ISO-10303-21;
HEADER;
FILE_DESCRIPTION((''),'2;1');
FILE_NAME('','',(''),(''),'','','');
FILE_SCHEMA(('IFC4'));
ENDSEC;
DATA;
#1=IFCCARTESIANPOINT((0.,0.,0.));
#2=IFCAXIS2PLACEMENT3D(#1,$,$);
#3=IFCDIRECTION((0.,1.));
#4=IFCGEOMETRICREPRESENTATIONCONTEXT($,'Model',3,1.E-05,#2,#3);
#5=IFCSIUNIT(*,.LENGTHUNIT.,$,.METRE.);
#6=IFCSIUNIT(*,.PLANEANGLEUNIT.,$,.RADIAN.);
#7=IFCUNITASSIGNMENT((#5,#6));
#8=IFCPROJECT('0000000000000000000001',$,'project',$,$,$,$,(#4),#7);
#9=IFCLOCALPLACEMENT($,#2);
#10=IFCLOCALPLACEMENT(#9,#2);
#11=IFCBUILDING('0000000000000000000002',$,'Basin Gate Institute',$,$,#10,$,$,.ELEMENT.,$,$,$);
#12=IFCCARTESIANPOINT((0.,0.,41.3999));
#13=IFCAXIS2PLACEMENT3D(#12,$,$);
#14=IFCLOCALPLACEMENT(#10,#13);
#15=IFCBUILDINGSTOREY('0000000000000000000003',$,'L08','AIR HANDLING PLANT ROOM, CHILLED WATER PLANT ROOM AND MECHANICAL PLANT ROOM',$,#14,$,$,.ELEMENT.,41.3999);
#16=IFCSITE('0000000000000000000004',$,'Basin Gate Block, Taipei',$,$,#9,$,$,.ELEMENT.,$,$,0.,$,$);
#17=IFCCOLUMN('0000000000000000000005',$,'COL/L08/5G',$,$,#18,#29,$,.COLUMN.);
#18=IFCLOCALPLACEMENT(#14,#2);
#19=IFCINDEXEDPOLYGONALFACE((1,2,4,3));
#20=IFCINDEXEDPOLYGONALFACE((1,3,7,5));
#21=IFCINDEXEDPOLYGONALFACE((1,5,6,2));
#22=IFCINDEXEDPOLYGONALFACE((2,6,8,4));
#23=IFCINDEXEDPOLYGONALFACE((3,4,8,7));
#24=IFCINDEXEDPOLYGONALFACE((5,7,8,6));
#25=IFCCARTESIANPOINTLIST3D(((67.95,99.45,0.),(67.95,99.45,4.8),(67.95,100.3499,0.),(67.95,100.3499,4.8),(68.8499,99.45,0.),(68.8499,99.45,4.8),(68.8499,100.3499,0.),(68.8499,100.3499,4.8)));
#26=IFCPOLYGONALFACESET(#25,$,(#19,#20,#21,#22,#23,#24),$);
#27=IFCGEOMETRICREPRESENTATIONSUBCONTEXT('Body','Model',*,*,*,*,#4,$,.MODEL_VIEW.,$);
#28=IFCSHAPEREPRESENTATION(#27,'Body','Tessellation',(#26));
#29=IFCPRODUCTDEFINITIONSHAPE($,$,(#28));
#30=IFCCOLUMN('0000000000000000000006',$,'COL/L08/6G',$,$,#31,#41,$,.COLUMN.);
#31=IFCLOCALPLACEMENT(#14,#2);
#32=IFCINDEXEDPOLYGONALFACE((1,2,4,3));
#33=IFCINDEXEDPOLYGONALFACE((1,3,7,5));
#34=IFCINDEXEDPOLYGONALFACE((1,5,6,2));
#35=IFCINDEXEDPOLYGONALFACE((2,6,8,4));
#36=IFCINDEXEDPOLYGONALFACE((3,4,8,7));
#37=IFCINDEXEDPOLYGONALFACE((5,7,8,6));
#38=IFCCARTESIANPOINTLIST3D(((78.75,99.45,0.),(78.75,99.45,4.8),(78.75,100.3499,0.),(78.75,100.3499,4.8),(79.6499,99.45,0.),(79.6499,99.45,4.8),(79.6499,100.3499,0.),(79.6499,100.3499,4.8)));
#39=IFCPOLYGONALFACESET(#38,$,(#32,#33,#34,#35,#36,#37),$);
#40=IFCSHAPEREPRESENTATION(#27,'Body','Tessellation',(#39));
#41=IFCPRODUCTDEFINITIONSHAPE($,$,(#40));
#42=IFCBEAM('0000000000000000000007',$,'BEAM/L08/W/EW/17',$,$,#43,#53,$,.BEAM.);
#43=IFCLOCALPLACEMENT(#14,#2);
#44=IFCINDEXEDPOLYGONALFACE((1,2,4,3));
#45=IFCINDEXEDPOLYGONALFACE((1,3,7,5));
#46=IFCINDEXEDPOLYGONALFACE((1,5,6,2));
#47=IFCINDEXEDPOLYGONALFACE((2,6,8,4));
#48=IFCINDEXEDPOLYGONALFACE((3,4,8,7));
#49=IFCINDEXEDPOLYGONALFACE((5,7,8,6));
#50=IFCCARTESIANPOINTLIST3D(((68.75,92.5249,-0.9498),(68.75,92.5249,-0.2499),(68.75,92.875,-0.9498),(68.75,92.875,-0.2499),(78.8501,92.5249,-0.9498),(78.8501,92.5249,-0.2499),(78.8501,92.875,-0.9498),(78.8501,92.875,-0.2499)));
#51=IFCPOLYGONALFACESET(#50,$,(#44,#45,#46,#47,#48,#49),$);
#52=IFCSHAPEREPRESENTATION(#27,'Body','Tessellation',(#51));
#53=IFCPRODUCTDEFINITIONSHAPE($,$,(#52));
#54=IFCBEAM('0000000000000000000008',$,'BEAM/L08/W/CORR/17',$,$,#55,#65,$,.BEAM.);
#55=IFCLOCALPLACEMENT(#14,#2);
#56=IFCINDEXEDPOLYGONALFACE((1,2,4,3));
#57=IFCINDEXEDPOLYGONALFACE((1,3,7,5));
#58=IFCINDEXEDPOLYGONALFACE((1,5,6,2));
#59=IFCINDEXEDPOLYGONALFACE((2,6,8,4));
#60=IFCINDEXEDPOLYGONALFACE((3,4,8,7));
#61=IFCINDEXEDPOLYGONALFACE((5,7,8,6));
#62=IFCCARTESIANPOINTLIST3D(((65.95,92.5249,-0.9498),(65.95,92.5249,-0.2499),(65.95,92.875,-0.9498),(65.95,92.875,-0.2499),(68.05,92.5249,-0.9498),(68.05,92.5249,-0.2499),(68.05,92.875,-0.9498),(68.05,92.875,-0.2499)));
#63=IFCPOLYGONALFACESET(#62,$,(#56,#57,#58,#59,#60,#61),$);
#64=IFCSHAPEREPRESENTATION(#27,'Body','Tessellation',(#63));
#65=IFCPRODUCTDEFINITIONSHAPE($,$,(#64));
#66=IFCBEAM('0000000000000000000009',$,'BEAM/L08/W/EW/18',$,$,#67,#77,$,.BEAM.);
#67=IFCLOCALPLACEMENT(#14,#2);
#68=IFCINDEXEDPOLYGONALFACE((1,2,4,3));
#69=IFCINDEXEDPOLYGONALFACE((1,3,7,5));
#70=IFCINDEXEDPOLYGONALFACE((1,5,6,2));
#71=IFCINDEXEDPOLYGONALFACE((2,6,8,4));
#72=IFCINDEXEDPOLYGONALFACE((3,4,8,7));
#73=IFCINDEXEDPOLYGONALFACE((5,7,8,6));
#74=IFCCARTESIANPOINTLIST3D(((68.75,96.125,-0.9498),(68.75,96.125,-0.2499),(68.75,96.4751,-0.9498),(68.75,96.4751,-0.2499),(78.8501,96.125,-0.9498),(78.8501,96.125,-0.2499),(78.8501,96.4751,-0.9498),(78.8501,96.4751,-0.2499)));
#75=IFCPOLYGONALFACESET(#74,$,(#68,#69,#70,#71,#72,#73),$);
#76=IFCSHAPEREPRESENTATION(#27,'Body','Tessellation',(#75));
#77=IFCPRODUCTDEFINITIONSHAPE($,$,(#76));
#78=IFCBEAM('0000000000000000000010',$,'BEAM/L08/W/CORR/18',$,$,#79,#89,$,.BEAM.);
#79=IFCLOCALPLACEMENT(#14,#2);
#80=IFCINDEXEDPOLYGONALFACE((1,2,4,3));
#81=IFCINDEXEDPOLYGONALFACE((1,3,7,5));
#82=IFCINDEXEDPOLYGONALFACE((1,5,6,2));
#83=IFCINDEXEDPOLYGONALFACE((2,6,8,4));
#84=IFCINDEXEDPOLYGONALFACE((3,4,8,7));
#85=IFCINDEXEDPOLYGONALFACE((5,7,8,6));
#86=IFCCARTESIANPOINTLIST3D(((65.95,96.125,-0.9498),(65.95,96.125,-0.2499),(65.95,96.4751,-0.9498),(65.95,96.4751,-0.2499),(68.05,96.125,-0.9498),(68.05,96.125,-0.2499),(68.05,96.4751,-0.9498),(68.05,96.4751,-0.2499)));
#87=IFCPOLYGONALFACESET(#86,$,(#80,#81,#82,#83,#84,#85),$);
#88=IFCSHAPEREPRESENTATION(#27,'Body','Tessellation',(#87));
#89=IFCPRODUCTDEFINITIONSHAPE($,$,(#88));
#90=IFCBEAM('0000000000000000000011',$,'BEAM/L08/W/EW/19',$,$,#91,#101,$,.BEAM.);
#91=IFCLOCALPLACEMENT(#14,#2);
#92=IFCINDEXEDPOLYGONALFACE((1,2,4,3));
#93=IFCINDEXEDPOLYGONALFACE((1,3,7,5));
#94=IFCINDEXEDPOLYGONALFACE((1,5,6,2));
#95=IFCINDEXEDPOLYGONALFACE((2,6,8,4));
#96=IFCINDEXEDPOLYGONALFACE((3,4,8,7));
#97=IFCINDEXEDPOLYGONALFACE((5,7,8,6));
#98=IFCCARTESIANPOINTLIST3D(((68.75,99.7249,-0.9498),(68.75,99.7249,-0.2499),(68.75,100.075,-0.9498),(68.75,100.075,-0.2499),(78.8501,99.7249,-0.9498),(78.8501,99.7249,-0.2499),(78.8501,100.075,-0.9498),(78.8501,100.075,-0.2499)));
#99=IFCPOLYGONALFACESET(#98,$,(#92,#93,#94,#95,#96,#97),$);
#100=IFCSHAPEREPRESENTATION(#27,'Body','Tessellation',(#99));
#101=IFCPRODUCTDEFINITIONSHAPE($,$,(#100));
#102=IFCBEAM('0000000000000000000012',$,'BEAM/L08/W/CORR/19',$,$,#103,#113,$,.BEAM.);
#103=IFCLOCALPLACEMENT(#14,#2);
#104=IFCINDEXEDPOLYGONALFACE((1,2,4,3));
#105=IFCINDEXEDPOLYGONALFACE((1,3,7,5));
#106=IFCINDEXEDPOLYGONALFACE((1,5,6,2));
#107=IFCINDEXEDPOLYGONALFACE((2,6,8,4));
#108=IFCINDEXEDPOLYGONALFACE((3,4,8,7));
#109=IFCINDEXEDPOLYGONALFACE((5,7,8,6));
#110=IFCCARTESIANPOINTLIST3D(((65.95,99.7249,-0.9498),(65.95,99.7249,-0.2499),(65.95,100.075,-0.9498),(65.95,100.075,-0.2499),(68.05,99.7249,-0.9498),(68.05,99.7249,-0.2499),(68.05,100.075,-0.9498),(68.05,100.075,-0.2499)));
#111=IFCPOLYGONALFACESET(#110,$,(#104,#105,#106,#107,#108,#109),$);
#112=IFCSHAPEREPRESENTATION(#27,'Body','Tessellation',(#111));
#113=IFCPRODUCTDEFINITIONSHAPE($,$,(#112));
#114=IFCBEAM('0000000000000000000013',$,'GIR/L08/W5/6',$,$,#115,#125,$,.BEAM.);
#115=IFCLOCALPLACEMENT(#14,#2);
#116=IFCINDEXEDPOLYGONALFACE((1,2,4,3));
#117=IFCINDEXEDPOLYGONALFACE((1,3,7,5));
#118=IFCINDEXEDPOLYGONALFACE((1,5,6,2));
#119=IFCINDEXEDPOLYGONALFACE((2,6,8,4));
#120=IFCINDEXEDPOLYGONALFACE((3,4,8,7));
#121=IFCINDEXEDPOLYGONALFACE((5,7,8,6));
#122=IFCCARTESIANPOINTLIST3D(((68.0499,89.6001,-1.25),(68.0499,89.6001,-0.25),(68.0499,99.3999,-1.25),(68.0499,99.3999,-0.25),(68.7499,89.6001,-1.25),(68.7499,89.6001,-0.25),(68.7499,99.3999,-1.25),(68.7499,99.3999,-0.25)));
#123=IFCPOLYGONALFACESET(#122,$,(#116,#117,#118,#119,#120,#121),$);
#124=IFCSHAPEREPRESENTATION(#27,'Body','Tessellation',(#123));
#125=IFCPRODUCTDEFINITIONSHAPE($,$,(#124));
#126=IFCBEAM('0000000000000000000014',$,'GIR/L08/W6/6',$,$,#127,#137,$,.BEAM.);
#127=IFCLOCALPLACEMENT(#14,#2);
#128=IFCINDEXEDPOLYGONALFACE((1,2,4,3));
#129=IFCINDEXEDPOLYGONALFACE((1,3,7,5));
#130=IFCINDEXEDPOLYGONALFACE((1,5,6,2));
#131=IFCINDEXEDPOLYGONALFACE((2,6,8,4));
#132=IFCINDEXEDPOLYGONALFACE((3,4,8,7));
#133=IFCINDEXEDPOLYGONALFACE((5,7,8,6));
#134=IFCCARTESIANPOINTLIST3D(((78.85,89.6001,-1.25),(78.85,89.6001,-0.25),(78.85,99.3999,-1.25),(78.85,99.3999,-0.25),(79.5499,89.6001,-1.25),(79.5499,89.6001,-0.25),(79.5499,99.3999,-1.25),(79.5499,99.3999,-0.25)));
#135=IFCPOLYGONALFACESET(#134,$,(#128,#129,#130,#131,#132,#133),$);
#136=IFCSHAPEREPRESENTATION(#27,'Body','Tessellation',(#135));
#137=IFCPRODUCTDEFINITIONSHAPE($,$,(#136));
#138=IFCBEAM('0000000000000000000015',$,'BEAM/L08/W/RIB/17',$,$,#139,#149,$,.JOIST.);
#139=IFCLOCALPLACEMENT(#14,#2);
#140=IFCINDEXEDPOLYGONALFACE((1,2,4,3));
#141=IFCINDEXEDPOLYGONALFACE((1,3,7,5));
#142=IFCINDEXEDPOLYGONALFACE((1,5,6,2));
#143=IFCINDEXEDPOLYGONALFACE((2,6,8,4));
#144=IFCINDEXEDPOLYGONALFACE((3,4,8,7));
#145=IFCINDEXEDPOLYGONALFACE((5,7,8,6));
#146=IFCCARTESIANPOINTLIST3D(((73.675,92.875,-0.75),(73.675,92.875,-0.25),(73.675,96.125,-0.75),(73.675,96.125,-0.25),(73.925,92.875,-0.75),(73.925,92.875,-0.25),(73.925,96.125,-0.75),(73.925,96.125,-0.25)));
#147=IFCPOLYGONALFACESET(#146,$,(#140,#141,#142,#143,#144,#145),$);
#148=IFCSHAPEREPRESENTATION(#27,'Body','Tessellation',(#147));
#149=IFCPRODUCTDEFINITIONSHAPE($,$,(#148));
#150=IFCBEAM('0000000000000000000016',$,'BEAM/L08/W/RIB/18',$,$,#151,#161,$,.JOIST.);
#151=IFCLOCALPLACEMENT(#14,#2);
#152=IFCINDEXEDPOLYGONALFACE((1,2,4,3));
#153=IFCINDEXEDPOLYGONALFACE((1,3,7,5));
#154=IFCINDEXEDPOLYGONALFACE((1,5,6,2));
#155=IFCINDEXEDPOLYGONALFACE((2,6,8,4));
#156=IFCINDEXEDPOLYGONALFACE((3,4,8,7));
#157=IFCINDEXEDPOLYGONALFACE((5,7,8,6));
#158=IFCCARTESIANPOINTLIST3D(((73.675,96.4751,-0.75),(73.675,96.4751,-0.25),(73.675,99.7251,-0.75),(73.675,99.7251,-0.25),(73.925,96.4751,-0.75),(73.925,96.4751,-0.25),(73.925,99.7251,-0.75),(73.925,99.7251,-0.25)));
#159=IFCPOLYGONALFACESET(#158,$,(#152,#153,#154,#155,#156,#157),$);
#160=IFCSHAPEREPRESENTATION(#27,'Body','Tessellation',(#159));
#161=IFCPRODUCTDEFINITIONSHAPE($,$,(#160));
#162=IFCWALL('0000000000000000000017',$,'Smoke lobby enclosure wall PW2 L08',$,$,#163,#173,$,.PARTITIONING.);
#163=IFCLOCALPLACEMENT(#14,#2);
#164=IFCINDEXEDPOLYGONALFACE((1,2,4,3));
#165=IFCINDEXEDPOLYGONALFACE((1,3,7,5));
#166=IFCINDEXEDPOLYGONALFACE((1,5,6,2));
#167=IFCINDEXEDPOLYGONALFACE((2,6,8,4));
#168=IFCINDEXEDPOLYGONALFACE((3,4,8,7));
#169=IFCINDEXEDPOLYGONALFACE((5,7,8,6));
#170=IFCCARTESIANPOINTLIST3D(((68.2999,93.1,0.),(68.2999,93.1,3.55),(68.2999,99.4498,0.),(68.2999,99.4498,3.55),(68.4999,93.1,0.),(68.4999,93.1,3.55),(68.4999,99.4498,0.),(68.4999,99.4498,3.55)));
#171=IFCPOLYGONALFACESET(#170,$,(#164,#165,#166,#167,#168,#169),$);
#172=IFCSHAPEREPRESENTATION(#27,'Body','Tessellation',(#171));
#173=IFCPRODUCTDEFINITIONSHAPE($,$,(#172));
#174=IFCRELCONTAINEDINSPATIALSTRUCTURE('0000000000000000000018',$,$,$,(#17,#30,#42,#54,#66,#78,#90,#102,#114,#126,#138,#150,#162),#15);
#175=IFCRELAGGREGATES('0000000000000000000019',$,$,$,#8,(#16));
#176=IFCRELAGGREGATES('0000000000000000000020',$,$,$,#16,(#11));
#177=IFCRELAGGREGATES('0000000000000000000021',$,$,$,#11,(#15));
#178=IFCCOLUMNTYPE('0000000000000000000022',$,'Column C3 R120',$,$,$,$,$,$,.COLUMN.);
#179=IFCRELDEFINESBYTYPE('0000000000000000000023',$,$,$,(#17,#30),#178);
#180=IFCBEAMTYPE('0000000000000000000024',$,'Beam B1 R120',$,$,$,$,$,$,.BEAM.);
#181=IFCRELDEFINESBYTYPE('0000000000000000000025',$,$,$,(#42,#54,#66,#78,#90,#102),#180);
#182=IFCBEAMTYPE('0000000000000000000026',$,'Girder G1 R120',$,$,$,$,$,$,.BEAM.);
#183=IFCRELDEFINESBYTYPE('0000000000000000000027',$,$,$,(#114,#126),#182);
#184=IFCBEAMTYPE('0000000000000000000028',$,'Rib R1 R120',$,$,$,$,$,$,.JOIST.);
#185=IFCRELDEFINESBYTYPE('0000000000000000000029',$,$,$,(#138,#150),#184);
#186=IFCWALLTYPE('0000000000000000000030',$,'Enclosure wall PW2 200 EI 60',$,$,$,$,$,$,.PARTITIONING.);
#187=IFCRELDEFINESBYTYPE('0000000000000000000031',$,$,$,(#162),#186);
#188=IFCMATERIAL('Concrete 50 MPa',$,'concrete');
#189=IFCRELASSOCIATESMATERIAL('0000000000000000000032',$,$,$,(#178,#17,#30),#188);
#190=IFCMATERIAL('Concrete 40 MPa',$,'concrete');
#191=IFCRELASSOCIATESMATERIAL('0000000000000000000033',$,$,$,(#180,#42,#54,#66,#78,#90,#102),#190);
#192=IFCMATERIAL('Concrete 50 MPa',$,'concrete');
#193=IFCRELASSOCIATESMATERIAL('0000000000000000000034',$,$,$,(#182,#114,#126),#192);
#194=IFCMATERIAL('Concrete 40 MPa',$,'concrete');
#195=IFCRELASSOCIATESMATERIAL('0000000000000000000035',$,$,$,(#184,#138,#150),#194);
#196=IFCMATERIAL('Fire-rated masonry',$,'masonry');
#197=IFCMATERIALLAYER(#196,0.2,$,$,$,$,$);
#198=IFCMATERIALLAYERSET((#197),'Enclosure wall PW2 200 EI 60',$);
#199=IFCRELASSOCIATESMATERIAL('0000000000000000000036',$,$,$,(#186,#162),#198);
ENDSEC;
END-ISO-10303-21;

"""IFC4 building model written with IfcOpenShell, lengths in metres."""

from ifc_helpers import new_model, si_unit, direction, frame, frame_2d, origin, origin_2d, place, context, subcontext, project, spatial, rectangle, extrude, material, layer, layer_set, material_profile, profile_set, type_object, element, save


model = new_model("IFC4")

# Units and contexts
model_context = context("Model", 3, precision=1e-05, world=origin(), true_north=direction((0.0, 1.0)))
body_context = subcontext(model_context, "Body", "Model", "MODEL_VIEW")
ifc_project = project(units=[si_unit("LENGTHUNIT", "METRE"), si_unit("PLANEANGLEUNIT", "RADIAN")], contexts=[model_context])

# Site, building, storey
site_placement = place(None, origin())
site = spatial("IfcSite", under=ifc_project, at=site_placement, Name="Basin Gate Block, Taipei", CompositionType="ELEMENT", RefElevation=0.0)
building_placement = place(site_placement, origin())
building = spatial("IfcBuilding", under=site, at=building_placement, Name="Basin Gate Institute", CompositionType="ELEMENT")
storey_placement = place(building_placement, frame((0.0, 0.0, 41.3999)))
storey = spatial("IfcBuildingStorey", under=building, at=storey_placement, Name="L08", Description="AIR HANDLING PLANT ROOM, CHILLED WATER PLANT ROOM AND MECHANICAL PLANT ROOM", CompositionType="ELEMENT", Elevation=41.3999)

# Columns
ifc_material_1 = material(Name="Concrete 50 MPa", Category="concrete")
ifc_material_profile_1 = material_profile(ifc_material_1, rectangle(XDim=0.8999, YDim=0.8999, at=origin_2d()), Name="Column C3 900 x 900")
ifc_profile_set_1 = profile_set([ifc_material_profile_1], Name="Concrete 50 MPa")
column_type = type_object("IfcColumnType", Name="Column C3 R120", PredefinedType="COLUMN", material=ifc_profile_set_1)
for number, where, z_axis, x_axis, name in (
    (1, (68.3999, 99.8999, 0.0), (0.0, 0.0, 1.0), (1.0, 0.0, 0.0), "COL/L08/5G"),
    (2, (79.2, 99.8999, 0.0), (0.0, 0.0, 1.0), (1.0, 0.0, 0.0), "COL/L08/6G"),
):
    element("IfcColumn", number, at=place(storey_placement, frame(where, z_axis=z_axis, x_axis=x_axis)), inside=storey, type_object=column_type, material=ifc_profile_set_1, Name=name, PredefinedType="COLUMN", context=body_context, shape_type="SweptSolid", body=[
        extrude(rectangle(XDim=0.8999, YDim=0.8999, at=origin_2d()), origin(), (0.0, 0.0, 1.0), 4.8),
    ])

# Beams
ifc_material_2 = material(Name="Concrete 40 MPa", Category="concrete")
ifc_material_profile_2 = material_profile(ifc_material_2, rectangle(XDim=0.3501, YDim=0.7, at=origin_2d()), Name="Beam B1 350 x 700")
ifc_profile_set_2 = profile_set([ifc_material_profile_2], Name="Concrete 40 MPa")
beam_type_1 = type_object("IfcBeamType", Name="Beam B1 R120", PredefinedType="BEAM", material=ifc_profile_set_2)
beam_1_placement = place(storey_placement, frame((68.75, 92.7, -0.5999), z_axis=(1.0, 0.0, 0.0), x_axis=(0.0, 1.0, 0.0)))
element("IfcBeam", 3, at=beam_1_placement, inside=storey, type_object=beam_type_1, material=ifc_profile_set_2, Name="BEAM/L08/W/EW/17", PredefinedType="BEAM", context=body_context, shape_type="SweptSolid", body=[
    extrude(rectangle(XDim=0.3501, YDim=0.7, at=origin_2d()), origin(), (0.0, 0.0, 1.0), 10.1001),
])
beam_2_placement = place(storey_placement, frame((65.95, 92.7, -0.5999), z_axis=(1.0, 0.0, 0.0), x_axis=(0.0, 1.0, 0.0)))
element("IfcBeam", 4, at=beam_2_placement, inside=storey, type_object=beam_type_1, material=ifc_profile_set_2, Name="BEAM/L08/W/CORR/17", PredefinedType="BEAM", context=body_context, shape_type="SweptSolid", body=[
    extrude(rectangle(XDim=0.3501, YDim=0.7, at=origin_2d()), origin(), (0.0, 0.0, 1.0), 2.1001),
])
beam_3_placement = place(storey_placement, frame((68.75, 96.3, -0.5999), z_axis=(1.0, 0.0, 0.0), x_axis=(0.0, 1.0, 0.0)))
element("IfcBeam", 5, at=beam_3_placement, inside=storey, type_object=beam_type_1, material=ifc_profile_set_2, Name="BEAM/L08/W/EW/18", PredefinedType="BEAM", context=body_context, shape_type="SweptSolid", body=[
    extrude(rectangle(XDim=0.3501, YDim=0.7, at=origin_2d()), origin(), (0.0, 0.0, 1.0), 10.1001),
])
beam_4_placement = place(storey_placement, frame((65.95, 96.3, -0.5999), z_axis=(1.0, 0.0, 0.0), x_axis=(0.0, 1.0, 0.0)))
element("IfcBeam", 6, at=beam_4_placement, inside=storey, type_object=beam_type_1, material=ifc_profile_set_2, Name="BEAM/L08/W/CORR/18", PredefinedType="BEAM", context=body_context, shape_type="SweptSolid", body=[
    extrude(rectangle(XDim=0.3501, YDim=0.7, at=origin_2d()), origin(), (0.0, 0.0, 1.0), 2.1001),
])
beam_5_placement = place(storey_placement, frame((68.75, 99.8999, -0.5999), z_axis=(1.0, 0.0, 0.0), x_axis=(0.0, 1.0, 0.0)))
element("IfcBeam", 7, at=beam_5_placement, inside=storey, type_object=beam_type_1, material=ifc_profile_set_2, Name="BEAM/L08/W/EW/19", PredefinedType="BEAM", context=body_context, shape_type="SweptSolid", body=[
    extrude(rectangle(XDim=0.3501, YDim=0.7, at=origin_2d()), origin(), (0.0, 0.0, 1.0), 10.1001),
])
beam_6_placement = place(storey_placement, frame((65.95, 99.8999, -0.5999), z_axis=(1.0, 0.0, 0.0), x_axis=(0.0, 1.0, 0.0)))
element("IfcBeam", 8, at=beam_6_placement, inside=storey, type_object=beam_type_1, material=ifc_profile_set_2, Name="BEAM/L08/W/CORR/19", PredefinedType="BEAM", context=body_context, shape_type="SweptSolid", body=[
    extrude(rectangle(XDim=0.3501, YDim=0.7, at=origin_2d()), origin(), (0.0, 0.0, 1.0), 2.1001),
])
ifc_material_3 = material(Name="Concrete 50 MPa", Category="concrete")
ifc_material_profile_3 = material_profile(ifc_material_3, rectangle(XDim=0.7, YDim=1.0, at=origin_2d()), Name="Girder G1 700 x 1000")
ifc_profile_set_3 = profile_set([ifc_material_profile_3], Name="Concrete 50 MPa")
beam_type_2 = type_object("IfcBeamType", Name="Girder G1 R120", PredefinedType="BEAM", material=ifc_profile_set_3)
for number, where, z_axis, x_axis, name in (
    (9, (68.3999, 89.6001, -0.75), (0.0, 1.0, 0.0), (-1.0, 0.0, 0.0), "GIR/L08/W5/6"),
    (10, (79.2, 89.6001, -0.75), (0.0, 1.0, 0.0), (-1.0, 0.0, 0.0), "GIR/L08/W6/6"),
):
    element("IfcBeam", number, at=place(storey_placement, frame(where, z_axis=z_axis, x_axis=x_axis)), inside=storey, type_object=beam_type_2, material=ifc_profile_set_3, Name=name, PredefinedType="BEAM", context=body_context, shape_type="SweptSolid", body=[
        extrude(rectangle(XDim=0.7, YDim=1.0, at=origin_2d()), origin(), (0.0, 0.0, 1.0), 9.7998),
    ])
ifc_material_4 = material(Name="Concrete 40 MPa", Category="concrete")
ifc_material_profile_4 = material_profile(ifc_material_4, rectangle(XDim=0.25, YDim=0.5, at=origin_2d()), Name="Rib R1 250 x 500")
ifc_profile_set_4 = profile_set([ifc_material_profile_4], Name="Concrete 40 MPa")
beam_type_3 = type_object("IfcBeamType", Name="Rib R1 R120", PredefinedType="JOIST", material=ifc_profile_set_4)
for number, where, z_axis, x_axis, name in (
    (11, (73.8, 92.875, -0.5), (0.0, 1.0, 0.0), (-1.0, 0.0, 0.0), "BEAM/L08/W/RIB/17"),
    (12, (73.8, 96.4751, -0.5), (0.0, 1.0, 0.0), (-1.0, 0.0, 0.0), "BEAM/L08/W/RIB/18"),
):
    element("IfcBeam", number, at=place(storey_placement, frame(where, z_axis=z_axis, x_axis=x_axis)), inside=storey, type_object=beam_type_3, material=ifc_profile_set_4, Name=name, PredefinedType="JOIST", context=body_context, shape_type="SweptSolid", body=[
        extrude(rectangle(XDim=0.25, YDim=0.5, at=origin_2d()), origin(), (0.0, 0.0, 1.0), 3.25),
    ])

# Wall
ifc_material_5 = material(Name="Fire-rated masonry", Category="masonry")
ifc_layer_1 = layer(ifc_material_5, 0.2)
ifc_layer_set_1 = layer_set([ifc_layer_1], Name="Enclosure wall PW2 200 EI 60")
wall_type_1 = type_object("IfcWallType", Name="Enclosure wall PW2 200 EI 60", PredefinedType="PARTITIONING", material=ifc_layer_set_1)
wall_1_placement = place(storey_placement, frame((68.3999, 93.1001, 0.0), z_axis=(0.0, 0.0, 1.0), x_axis=(0.0, 1.0, 0.0)))
element("IfcWall", 13, at=wall_1_placement, inside=storey, type_object=wall_type_1, material=ifc_layer_set_1, Name="Smoke lobby enclosure wall PW2 L08", PredefinedType="PARTITIONING", context=body_context, shape_type="SweptSolid", body=[
    extrude(rectangle(XDim=6.3499, YDim=0.2, at=frame_2d((3.1748, 0.0))), origin(), (0.0, 0.0, 1.0), 3.55),
])

save(model, "model.ifc")
